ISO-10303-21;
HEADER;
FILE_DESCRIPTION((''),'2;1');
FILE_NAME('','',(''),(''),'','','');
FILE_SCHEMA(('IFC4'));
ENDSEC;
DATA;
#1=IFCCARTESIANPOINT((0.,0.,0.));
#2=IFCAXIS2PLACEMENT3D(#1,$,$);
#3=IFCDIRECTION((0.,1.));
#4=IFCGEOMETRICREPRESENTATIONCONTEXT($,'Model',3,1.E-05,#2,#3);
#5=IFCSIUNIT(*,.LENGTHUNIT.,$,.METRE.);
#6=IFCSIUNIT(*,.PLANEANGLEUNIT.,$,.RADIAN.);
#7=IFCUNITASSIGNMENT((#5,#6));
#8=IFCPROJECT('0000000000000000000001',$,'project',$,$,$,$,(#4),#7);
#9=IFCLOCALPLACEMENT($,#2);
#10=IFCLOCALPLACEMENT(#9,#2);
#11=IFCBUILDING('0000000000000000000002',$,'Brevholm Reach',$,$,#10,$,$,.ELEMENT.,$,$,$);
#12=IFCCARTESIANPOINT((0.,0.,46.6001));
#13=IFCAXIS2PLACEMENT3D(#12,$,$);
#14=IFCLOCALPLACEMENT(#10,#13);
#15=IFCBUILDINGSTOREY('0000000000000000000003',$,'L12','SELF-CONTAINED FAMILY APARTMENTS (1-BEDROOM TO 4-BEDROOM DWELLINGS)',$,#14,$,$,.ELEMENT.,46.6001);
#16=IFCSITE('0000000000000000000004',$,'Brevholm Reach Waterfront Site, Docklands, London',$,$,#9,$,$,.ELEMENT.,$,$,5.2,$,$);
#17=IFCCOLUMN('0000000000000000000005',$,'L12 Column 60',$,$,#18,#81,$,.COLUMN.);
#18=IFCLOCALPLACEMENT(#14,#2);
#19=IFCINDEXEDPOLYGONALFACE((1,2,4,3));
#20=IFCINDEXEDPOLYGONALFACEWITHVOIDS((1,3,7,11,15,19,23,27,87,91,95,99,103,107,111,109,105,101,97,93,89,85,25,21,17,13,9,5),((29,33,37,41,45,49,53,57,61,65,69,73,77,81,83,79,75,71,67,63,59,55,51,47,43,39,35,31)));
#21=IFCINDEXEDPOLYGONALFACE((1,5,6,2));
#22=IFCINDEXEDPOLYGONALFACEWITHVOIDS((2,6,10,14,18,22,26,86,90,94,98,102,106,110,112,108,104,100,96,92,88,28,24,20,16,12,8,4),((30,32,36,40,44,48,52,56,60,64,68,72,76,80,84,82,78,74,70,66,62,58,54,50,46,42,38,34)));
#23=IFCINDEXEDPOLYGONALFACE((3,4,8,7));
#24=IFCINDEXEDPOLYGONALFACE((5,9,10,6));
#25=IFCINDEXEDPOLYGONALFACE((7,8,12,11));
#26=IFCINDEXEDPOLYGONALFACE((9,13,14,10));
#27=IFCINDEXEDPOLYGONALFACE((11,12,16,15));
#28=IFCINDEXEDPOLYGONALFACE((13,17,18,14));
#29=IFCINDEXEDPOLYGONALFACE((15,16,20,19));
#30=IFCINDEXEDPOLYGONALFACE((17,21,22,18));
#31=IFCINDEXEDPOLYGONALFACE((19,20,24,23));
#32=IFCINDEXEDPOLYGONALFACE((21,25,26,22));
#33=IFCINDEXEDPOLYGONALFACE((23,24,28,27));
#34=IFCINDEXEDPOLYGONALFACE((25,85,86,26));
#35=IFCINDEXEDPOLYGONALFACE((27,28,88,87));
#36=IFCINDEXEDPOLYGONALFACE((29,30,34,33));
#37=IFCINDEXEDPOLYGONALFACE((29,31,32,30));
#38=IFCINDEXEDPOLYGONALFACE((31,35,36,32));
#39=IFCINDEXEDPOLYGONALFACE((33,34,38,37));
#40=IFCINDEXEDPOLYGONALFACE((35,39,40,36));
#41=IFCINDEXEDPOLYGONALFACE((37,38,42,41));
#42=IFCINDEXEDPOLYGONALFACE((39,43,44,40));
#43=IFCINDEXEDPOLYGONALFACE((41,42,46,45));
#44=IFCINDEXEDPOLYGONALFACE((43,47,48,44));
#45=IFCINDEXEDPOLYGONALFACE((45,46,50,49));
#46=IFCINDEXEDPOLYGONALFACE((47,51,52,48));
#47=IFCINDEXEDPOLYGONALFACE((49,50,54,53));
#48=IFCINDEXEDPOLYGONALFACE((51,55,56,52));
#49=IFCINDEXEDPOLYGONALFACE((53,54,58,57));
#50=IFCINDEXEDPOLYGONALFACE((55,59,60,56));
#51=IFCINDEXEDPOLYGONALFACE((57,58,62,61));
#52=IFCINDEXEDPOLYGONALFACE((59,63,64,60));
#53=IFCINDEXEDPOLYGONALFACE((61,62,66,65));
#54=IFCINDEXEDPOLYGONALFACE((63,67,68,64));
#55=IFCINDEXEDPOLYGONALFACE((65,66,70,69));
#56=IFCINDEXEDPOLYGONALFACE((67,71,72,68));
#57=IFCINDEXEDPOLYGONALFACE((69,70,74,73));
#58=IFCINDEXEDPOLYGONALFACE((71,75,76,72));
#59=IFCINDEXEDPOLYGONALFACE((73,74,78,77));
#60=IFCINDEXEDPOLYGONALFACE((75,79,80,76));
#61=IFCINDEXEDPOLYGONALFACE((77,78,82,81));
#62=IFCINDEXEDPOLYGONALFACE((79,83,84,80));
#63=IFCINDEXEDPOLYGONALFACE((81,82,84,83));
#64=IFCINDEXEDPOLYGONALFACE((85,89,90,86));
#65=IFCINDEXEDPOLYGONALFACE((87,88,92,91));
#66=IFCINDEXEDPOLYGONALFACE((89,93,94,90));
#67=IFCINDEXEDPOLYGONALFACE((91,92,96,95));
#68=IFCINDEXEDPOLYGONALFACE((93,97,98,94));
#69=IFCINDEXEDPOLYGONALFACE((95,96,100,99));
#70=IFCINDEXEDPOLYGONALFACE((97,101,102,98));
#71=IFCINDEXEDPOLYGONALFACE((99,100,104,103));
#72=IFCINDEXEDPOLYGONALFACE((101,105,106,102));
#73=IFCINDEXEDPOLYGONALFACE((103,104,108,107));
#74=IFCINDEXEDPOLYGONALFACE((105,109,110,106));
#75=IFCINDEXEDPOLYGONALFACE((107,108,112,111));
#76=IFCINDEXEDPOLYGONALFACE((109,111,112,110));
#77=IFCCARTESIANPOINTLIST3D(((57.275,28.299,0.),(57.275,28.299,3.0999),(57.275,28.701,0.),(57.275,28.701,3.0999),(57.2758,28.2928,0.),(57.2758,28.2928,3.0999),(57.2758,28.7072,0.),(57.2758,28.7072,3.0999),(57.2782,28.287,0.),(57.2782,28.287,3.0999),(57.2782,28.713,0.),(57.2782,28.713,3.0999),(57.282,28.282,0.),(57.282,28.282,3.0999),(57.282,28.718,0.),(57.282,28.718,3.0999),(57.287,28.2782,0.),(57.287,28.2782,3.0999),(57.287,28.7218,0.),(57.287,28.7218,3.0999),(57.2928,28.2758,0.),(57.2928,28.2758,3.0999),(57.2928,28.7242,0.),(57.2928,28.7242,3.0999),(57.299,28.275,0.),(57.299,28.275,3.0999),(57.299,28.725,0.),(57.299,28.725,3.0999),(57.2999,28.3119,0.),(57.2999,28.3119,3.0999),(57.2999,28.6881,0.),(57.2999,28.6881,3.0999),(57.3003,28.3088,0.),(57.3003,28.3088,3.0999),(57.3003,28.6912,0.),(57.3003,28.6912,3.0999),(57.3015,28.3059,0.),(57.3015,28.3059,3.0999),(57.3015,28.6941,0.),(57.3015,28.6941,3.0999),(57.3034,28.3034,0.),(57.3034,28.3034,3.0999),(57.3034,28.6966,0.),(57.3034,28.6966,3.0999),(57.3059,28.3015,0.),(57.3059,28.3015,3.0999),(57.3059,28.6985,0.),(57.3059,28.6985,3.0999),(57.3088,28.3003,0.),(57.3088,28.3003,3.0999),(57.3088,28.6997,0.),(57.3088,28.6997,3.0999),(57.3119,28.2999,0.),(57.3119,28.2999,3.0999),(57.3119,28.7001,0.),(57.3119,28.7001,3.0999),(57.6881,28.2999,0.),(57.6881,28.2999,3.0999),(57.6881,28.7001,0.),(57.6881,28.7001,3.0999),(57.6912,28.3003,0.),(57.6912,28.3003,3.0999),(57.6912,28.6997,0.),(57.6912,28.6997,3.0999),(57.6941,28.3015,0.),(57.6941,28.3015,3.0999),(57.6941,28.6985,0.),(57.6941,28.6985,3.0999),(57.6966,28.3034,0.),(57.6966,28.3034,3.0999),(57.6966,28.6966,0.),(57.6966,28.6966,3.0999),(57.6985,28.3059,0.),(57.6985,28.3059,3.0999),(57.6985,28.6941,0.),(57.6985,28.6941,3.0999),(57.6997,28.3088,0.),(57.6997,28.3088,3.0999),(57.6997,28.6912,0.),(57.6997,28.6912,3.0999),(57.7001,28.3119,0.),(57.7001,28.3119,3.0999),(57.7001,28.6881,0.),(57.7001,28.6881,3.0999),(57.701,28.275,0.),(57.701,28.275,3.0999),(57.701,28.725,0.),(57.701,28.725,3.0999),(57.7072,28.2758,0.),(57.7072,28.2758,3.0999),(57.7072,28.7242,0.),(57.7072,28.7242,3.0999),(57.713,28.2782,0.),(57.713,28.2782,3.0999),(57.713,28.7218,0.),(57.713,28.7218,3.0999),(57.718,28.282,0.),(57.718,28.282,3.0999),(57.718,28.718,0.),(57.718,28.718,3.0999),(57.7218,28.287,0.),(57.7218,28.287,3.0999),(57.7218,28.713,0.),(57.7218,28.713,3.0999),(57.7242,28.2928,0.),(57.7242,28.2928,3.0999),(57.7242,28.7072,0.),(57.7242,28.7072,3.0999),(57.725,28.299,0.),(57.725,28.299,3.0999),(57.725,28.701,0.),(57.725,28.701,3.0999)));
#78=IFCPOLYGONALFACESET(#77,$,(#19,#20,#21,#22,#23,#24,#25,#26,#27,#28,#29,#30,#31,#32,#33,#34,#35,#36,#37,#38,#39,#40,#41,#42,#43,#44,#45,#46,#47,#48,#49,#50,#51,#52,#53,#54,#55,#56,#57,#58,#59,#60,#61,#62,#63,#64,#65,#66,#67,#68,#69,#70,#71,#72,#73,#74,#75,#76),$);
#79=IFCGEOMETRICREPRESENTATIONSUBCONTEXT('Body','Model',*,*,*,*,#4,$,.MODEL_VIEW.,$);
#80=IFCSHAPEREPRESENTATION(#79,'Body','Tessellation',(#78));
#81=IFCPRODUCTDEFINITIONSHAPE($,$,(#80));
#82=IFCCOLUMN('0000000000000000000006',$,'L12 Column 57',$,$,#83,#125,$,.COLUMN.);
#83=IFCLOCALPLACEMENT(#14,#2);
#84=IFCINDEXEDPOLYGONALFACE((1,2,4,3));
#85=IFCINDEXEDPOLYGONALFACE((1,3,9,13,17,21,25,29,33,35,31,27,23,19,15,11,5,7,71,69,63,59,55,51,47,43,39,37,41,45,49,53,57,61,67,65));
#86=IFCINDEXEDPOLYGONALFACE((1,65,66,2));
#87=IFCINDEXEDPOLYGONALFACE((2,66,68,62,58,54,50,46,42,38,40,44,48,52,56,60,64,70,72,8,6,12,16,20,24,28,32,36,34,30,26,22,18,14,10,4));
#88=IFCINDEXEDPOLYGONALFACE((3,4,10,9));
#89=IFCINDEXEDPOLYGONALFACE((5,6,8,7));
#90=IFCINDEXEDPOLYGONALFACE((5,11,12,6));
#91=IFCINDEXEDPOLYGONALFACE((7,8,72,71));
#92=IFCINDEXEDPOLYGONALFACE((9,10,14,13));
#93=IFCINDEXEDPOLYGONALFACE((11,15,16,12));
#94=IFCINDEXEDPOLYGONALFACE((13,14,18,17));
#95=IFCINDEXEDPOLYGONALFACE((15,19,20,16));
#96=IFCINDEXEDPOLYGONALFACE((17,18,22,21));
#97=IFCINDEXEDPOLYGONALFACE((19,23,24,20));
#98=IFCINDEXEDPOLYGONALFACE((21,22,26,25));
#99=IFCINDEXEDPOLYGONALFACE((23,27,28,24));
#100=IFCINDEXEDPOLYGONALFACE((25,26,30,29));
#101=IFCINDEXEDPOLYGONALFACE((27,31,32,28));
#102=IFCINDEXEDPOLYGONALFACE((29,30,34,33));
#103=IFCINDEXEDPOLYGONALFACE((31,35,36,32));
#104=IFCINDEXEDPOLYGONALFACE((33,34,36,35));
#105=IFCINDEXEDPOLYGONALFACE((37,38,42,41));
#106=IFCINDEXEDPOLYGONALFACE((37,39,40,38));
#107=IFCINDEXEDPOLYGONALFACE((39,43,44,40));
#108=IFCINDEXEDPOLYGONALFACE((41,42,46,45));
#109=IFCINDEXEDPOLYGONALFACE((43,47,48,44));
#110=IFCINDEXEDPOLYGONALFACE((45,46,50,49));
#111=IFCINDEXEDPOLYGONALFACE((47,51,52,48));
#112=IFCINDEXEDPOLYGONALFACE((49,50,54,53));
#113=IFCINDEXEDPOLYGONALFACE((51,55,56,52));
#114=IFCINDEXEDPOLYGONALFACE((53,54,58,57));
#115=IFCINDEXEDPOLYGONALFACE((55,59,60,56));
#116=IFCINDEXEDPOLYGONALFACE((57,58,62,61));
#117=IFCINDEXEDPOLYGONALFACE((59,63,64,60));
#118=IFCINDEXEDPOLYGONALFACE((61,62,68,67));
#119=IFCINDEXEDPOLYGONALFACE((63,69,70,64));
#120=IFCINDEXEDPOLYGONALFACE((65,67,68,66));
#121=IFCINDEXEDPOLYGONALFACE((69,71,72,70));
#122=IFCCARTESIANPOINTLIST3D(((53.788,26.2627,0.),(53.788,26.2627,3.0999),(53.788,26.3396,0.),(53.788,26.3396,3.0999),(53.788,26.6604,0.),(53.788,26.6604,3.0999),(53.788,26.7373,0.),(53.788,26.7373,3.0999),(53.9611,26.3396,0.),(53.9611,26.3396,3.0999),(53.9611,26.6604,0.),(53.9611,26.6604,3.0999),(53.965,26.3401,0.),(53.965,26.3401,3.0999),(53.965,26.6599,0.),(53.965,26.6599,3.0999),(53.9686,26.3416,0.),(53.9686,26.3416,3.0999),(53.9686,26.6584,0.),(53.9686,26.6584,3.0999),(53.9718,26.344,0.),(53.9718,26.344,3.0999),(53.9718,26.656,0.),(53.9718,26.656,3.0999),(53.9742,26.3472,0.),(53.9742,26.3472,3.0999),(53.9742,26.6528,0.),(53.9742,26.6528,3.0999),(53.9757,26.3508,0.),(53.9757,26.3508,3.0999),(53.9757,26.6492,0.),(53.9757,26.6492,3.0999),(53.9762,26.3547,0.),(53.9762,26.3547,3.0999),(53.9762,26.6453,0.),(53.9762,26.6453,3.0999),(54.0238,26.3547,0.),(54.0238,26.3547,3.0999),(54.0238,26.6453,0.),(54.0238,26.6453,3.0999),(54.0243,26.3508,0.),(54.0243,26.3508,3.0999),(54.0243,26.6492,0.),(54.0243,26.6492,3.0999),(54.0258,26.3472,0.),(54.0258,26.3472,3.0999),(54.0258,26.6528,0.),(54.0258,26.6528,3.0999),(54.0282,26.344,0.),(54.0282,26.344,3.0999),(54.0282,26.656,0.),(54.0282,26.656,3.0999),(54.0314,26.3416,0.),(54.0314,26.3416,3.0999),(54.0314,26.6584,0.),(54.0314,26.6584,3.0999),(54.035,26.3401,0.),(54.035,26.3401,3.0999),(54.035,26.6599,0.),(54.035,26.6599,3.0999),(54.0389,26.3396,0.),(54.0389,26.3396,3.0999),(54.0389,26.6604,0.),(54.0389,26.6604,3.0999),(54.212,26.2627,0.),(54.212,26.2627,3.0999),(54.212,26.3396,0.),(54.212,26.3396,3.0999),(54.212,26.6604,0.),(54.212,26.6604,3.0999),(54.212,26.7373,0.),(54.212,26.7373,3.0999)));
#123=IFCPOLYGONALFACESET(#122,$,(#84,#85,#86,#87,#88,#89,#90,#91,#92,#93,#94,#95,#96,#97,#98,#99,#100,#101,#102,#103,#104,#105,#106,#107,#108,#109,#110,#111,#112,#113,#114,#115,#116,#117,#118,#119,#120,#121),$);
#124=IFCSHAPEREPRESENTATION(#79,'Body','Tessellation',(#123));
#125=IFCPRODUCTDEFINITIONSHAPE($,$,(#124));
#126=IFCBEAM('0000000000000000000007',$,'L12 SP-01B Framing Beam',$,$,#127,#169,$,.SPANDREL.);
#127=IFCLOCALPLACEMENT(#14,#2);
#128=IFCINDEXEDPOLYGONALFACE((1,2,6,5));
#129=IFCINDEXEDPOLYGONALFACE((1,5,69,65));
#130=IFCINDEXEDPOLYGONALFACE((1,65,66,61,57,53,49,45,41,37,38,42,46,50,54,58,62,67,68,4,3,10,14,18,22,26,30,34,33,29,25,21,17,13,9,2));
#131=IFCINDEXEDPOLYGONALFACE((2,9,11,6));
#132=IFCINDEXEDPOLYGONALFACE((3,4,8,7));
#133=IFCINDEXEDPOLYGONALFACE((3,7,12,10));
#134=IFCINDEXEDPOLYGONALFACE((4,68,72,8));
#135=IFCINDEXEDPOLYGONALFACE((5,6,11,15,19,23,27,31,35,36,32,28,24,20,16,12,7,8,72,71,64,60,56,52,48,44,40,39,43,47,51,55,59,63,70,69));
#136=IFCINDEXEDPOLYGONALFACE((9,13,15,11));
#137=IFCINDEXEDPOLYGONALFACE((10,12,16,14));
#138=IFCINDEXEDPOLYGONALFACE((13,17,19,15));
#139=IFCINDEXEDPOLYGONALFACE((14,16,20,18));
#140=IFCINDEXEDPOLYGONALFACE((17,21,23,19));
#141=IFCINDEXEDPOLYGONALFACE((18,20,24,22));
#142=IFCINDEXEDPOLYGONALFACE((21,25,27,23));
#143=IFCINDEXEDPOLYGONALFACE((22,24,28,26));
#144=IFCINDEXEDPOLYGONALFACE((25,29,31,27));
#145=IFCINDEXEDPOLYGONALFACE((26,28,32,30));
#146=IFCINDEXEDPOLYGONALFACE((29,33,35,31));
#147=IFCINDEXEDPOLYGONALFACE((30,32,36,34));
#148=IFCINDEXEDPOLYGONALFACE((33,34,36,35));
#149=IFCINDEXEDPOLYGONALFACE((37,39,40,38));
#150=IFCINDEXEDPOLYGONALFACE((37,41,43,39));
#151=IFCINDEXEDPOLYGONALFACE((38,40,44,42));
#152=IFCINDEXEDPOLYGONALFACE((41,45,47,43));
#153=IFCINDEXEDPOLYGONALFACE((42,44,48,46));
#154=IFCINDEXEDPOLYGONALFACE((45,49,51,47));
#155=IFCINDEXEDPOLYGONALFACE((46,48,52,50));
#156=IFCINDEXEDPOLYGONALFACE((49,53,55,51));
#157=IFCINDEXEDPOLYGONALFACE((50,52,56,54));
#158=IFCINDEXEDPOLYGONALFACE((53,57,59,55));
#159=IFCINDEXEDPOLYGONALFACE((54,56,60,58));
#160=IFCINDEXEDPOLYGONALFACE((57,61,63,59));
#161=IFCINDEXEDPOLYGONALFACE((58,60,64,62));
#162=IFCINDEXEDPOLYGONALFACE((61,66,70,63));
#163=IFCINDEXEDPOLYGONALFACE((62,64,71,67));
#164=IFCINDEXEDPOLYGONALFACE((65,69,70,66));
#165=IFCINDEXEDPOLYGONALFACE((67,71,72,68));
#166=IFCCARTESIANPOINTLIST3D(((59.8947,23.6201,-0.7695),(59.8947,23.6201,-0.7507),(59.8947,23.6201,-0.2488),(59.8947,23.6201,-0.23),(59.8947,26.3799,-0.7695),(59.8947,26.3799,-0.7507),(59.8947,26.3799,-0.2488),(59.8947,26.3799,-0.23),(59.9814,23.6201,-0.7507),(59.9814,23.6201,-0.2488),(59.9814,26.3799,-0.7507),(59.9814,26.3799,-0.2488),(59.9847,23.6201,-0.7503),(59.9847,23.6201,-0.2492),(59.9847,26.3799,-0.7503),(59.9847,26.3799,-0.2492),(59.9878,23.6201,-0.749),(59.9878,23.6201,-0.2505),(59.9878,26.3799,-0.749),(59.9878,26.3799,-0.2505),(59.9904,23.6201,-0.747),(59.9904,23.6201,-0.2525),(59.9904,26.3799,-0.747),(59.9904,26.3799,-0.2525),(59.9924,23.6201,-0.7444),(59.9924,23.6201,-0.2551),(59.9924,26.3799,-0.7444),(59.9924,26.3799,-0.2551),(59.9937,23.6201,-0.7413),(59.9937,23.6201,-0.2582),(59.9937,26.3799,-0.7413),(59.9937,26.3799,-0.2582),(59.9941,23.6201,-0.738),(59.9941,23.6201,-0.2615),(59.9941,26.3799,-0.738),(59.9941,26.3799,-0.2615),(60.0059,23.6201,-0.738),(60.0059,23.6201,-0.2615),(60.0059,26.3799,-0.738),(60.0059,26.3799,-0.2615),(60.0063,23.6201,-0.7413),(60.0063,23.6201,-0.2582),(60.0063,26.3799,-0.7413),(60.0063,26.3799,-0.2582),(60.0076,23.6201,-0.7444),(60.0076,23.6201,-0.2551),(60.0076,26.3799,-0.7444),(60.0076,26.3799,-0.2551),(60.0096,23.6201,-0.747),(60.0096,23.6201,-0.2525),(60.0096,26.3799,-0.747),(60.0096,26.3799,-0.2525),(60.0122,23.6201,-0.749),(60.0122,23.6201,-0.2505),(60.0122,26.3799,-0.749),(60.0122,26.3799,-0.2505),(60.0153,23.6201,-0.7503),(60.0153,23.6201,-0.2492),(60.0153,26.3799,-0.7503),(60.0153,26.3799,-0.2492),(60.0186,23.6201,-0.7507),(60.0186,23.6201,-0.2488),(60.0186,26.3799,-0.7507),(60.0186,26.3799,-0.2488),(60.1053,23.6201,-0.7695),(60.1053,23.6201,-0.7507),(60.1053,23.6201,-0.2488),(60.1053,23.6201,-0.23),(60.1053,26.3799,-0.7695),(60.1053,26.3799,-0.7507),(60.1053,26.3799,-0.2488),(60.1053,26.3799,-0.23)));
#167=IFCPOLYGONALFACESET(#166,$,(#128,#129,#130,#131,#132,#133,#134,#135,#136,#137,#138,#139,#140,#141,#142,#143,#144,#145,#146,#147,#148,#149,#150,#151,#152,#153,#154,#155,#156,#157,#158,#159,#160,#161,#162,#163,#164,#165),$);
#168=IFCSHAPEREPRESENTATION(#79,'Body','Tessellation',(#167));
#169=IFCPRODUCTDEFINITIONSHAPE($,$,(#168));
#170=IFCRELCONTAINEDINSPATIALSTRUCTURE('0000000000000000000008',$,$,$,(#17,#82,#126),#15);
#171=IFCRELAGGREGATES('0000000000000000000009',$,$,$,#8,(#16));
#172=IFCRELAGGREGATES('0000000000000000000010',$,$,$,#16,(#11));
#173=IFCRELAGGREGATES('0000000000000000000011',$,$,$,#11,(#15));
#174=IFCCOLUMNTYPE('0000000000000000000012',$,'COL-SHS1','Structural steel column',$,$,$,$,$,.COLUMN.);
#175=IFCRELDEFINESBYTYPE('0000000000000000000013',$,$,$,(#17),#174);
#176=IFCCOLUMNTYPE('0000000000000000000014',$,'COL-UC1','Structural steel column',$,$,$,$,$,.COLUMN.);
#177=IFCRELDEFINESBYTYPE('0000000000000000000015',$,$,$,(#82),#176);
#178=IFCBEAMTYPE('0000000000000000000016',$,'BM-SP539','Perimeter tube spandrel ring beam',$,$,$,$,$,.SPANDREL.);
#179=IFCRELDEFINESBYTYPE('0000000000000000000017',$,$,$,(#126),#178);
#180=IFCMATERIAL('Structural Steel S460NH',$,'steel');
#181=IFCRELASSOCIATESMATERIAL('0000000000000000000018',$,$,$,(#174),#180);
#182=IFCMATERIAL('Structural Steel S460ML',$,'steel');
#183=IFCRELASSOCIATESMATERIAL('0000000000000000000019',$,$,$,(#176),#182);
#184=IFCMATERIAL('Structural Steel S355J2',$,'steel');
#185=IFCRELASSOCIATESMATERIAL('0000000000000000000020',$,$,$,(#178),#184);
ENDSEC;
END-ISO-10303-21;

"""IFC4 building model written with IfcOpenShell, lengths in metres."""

from ifc_helpers import new_model, si_unit, direction, frame, origin, origin_2d, place, context, subcontext, project, spatial, hollow_rectangle, i_section, extrude, material, material_profile, profile_set, type_object, element, save


model = new_model("IFC4")

# Units and contexts
model_context = context("Model", 3, precision=1e-05, world=origin(), true_north=direction((0.0, 1.0)))
body_context = subcontext(model_context, "Body", "Model", "MODEL_VIEW")
ifc_project = project(units=[si_unit("LENGTHUNIT", "METRE"), si_unit("PLANEANGLEUNIT", "RADIAN")], contexts=[model_context])

# Site, building, storey
site_placement = place(None, origin())
site = spatial("IfcSite", under=ifc_project, at=site_placement, Name="Brevholm Reach Waterfront Site, Docklands, London", CompositionType="ELEMENT", RefElevation=5.2)
building_placement = place(site_placement, origin())
building = spatial("IfcBuilding", under=site, at=building_placement, Name="Brevholm Reach", CompositionType="ELEMENT")
storey_placement = place(building_placement, frame((0.0, 0.0, 46.6001)))
storey = spatial("IfcBuildingStorey", under=building, at=storey_placement, Name="L12", Description="SELF-CONTAINED FAMILY APARTMENTS (1-BEDROOM TO 4-BEDROOM DWELLINGS)", CompositionType="ELEMENT", Elevation=46.6001)

# Columns
ifc_material_1 = material(Name="Structural Steel S460NH", Category="steel")
ifc_material_profile_1 = material_profile(ifc_material_1, hollow_rectangle(XDim=0.45, YDim=0.45, WallThickness=0.0249, InnerFilletRadius=0.012, OuterFilletRadius=0.0239, at=origin_2d()), Name="SHS 450x450x25")
ifc_profile_set_1 = profile_set([ifc_material_profile_1], Name="Structural Steel S460NH")
column_type_1 = type_object("IfcColumnType", Name="COL-SHS1", Description="Structural steel column", PredefinedType="COLUMN", material=ifc_profile_set_1)
column_1_placement = place(storey_placement, frame((57.5, 28.5, 0.0), z_axis=(0.0, 0.0, 1.0), x_axis=(1.0, 0.0, 0.0)))
element("IfcColumn", 1, at=column_1_placement, inside=storey, type_object=column_type_1, Name="L12 Column 60", PredefinedType="COLUMN", context=body_context, shape_type="SweptSolid", body=[
    extrude(hollow_rectangle(XDim=0.45, YDim=0.45, WallThickness=0.0249, InnerFilletRadius=0.012, OuterFilletRadius=0.0239, at=origin_2d()), origin(), (0.0, 0.0, 1.0), 3.0999),
])
ifc_material_2 = material(Name="Structural Steel S460ML", Category="steel")
ifc_material_profile_2 = material_profile(ifc_material_2, i_section(OverallWidth=0.4241, OverallDepth=0.4746, WebThickness=0.0476, FlangeThickness=0.0769, FilletRadius=0.0151, at=origin_2d()), Name="UKC 356x406x634")
ifc_profile_set_2 = profile_set([ifc_material_profile_2], Name="Structural Steel S460ML")
column_type_2 = type_object("IfcColumnType", Name="COL-UC1", Description="Structural steel column", PredefinedType="COLUMN", material=ifc_profile_set_2)
column_2_placement = place(storey_placement, frame((54.0, 26.5, 0.0), z_axis=(0.0, 0.0, 1.0), x_axis=(1.0, 0.0, 0.0)))
element("IfcColumn", 2, at=column_2_placement, inside=storey, type_object=column_type_2, Name="L12 Column 57", PredefinedType="COLUMN", context=body_context, shape_type="SweptSolid", body=[
    extrude(i_section(OverallWidth=0.4241, OverallDepth=0.4746, WebThickness=0.0476, FlangeThickness=0.0769, FilletRadius=0.0151, at=origin_2d()), origin(), (0.0, 0.0, 1.0), 3.0999),
])

# Beam
ifc_material_3 = material(Name="Structural Steel S355J2", Category="steel")
ifc_material_profile_3 = material_profile(ifc_material_3, i_section(OverallWidth=0.2107, OverallDepth=0.5396, WebThickness=0.0117, FlangeThickness=0.0188, FilletRadius=0.0127, at=origin_2d()), Name="UKB 533x210x109")
ifc_profile_set_3 = profile_set([ifc_material_profile_3], Name="Structural Steel S355J2")
beam_type_1 = type_object("IfcBeamType", Name="BM-SP539", Description="Perimeter tube spandrel ring beam", PredefinedType="SPANDREL", material=ifc_profile_set_3)
beam_1_placement = place(storey_placement, frame((60.0, 23.6201, -0.4998), z_axis=(0.0, 1.0, 0.0), x_axis=(-1.0, 0.0, 0.0)))
element("IfcBeam", 3, at=beam_1_placement, inside=storey, type_object=beam_type_1, Name="L12 SP-01B Framing Beam", PredefinedType="SPANDREL", context=body_context, shape_type="SweptSolid", body=[
    extrude(i_section(OverallWidth=0.2107, OverallDepth=0.5396, WebThickness=0.0117, FlangeThickness=0.0188, FilletRadius=0.0127, at=origin_2d()), origin(), (0.0, 0.0, 1.0), 2.7598),
])

save(model, "model.ifc")
